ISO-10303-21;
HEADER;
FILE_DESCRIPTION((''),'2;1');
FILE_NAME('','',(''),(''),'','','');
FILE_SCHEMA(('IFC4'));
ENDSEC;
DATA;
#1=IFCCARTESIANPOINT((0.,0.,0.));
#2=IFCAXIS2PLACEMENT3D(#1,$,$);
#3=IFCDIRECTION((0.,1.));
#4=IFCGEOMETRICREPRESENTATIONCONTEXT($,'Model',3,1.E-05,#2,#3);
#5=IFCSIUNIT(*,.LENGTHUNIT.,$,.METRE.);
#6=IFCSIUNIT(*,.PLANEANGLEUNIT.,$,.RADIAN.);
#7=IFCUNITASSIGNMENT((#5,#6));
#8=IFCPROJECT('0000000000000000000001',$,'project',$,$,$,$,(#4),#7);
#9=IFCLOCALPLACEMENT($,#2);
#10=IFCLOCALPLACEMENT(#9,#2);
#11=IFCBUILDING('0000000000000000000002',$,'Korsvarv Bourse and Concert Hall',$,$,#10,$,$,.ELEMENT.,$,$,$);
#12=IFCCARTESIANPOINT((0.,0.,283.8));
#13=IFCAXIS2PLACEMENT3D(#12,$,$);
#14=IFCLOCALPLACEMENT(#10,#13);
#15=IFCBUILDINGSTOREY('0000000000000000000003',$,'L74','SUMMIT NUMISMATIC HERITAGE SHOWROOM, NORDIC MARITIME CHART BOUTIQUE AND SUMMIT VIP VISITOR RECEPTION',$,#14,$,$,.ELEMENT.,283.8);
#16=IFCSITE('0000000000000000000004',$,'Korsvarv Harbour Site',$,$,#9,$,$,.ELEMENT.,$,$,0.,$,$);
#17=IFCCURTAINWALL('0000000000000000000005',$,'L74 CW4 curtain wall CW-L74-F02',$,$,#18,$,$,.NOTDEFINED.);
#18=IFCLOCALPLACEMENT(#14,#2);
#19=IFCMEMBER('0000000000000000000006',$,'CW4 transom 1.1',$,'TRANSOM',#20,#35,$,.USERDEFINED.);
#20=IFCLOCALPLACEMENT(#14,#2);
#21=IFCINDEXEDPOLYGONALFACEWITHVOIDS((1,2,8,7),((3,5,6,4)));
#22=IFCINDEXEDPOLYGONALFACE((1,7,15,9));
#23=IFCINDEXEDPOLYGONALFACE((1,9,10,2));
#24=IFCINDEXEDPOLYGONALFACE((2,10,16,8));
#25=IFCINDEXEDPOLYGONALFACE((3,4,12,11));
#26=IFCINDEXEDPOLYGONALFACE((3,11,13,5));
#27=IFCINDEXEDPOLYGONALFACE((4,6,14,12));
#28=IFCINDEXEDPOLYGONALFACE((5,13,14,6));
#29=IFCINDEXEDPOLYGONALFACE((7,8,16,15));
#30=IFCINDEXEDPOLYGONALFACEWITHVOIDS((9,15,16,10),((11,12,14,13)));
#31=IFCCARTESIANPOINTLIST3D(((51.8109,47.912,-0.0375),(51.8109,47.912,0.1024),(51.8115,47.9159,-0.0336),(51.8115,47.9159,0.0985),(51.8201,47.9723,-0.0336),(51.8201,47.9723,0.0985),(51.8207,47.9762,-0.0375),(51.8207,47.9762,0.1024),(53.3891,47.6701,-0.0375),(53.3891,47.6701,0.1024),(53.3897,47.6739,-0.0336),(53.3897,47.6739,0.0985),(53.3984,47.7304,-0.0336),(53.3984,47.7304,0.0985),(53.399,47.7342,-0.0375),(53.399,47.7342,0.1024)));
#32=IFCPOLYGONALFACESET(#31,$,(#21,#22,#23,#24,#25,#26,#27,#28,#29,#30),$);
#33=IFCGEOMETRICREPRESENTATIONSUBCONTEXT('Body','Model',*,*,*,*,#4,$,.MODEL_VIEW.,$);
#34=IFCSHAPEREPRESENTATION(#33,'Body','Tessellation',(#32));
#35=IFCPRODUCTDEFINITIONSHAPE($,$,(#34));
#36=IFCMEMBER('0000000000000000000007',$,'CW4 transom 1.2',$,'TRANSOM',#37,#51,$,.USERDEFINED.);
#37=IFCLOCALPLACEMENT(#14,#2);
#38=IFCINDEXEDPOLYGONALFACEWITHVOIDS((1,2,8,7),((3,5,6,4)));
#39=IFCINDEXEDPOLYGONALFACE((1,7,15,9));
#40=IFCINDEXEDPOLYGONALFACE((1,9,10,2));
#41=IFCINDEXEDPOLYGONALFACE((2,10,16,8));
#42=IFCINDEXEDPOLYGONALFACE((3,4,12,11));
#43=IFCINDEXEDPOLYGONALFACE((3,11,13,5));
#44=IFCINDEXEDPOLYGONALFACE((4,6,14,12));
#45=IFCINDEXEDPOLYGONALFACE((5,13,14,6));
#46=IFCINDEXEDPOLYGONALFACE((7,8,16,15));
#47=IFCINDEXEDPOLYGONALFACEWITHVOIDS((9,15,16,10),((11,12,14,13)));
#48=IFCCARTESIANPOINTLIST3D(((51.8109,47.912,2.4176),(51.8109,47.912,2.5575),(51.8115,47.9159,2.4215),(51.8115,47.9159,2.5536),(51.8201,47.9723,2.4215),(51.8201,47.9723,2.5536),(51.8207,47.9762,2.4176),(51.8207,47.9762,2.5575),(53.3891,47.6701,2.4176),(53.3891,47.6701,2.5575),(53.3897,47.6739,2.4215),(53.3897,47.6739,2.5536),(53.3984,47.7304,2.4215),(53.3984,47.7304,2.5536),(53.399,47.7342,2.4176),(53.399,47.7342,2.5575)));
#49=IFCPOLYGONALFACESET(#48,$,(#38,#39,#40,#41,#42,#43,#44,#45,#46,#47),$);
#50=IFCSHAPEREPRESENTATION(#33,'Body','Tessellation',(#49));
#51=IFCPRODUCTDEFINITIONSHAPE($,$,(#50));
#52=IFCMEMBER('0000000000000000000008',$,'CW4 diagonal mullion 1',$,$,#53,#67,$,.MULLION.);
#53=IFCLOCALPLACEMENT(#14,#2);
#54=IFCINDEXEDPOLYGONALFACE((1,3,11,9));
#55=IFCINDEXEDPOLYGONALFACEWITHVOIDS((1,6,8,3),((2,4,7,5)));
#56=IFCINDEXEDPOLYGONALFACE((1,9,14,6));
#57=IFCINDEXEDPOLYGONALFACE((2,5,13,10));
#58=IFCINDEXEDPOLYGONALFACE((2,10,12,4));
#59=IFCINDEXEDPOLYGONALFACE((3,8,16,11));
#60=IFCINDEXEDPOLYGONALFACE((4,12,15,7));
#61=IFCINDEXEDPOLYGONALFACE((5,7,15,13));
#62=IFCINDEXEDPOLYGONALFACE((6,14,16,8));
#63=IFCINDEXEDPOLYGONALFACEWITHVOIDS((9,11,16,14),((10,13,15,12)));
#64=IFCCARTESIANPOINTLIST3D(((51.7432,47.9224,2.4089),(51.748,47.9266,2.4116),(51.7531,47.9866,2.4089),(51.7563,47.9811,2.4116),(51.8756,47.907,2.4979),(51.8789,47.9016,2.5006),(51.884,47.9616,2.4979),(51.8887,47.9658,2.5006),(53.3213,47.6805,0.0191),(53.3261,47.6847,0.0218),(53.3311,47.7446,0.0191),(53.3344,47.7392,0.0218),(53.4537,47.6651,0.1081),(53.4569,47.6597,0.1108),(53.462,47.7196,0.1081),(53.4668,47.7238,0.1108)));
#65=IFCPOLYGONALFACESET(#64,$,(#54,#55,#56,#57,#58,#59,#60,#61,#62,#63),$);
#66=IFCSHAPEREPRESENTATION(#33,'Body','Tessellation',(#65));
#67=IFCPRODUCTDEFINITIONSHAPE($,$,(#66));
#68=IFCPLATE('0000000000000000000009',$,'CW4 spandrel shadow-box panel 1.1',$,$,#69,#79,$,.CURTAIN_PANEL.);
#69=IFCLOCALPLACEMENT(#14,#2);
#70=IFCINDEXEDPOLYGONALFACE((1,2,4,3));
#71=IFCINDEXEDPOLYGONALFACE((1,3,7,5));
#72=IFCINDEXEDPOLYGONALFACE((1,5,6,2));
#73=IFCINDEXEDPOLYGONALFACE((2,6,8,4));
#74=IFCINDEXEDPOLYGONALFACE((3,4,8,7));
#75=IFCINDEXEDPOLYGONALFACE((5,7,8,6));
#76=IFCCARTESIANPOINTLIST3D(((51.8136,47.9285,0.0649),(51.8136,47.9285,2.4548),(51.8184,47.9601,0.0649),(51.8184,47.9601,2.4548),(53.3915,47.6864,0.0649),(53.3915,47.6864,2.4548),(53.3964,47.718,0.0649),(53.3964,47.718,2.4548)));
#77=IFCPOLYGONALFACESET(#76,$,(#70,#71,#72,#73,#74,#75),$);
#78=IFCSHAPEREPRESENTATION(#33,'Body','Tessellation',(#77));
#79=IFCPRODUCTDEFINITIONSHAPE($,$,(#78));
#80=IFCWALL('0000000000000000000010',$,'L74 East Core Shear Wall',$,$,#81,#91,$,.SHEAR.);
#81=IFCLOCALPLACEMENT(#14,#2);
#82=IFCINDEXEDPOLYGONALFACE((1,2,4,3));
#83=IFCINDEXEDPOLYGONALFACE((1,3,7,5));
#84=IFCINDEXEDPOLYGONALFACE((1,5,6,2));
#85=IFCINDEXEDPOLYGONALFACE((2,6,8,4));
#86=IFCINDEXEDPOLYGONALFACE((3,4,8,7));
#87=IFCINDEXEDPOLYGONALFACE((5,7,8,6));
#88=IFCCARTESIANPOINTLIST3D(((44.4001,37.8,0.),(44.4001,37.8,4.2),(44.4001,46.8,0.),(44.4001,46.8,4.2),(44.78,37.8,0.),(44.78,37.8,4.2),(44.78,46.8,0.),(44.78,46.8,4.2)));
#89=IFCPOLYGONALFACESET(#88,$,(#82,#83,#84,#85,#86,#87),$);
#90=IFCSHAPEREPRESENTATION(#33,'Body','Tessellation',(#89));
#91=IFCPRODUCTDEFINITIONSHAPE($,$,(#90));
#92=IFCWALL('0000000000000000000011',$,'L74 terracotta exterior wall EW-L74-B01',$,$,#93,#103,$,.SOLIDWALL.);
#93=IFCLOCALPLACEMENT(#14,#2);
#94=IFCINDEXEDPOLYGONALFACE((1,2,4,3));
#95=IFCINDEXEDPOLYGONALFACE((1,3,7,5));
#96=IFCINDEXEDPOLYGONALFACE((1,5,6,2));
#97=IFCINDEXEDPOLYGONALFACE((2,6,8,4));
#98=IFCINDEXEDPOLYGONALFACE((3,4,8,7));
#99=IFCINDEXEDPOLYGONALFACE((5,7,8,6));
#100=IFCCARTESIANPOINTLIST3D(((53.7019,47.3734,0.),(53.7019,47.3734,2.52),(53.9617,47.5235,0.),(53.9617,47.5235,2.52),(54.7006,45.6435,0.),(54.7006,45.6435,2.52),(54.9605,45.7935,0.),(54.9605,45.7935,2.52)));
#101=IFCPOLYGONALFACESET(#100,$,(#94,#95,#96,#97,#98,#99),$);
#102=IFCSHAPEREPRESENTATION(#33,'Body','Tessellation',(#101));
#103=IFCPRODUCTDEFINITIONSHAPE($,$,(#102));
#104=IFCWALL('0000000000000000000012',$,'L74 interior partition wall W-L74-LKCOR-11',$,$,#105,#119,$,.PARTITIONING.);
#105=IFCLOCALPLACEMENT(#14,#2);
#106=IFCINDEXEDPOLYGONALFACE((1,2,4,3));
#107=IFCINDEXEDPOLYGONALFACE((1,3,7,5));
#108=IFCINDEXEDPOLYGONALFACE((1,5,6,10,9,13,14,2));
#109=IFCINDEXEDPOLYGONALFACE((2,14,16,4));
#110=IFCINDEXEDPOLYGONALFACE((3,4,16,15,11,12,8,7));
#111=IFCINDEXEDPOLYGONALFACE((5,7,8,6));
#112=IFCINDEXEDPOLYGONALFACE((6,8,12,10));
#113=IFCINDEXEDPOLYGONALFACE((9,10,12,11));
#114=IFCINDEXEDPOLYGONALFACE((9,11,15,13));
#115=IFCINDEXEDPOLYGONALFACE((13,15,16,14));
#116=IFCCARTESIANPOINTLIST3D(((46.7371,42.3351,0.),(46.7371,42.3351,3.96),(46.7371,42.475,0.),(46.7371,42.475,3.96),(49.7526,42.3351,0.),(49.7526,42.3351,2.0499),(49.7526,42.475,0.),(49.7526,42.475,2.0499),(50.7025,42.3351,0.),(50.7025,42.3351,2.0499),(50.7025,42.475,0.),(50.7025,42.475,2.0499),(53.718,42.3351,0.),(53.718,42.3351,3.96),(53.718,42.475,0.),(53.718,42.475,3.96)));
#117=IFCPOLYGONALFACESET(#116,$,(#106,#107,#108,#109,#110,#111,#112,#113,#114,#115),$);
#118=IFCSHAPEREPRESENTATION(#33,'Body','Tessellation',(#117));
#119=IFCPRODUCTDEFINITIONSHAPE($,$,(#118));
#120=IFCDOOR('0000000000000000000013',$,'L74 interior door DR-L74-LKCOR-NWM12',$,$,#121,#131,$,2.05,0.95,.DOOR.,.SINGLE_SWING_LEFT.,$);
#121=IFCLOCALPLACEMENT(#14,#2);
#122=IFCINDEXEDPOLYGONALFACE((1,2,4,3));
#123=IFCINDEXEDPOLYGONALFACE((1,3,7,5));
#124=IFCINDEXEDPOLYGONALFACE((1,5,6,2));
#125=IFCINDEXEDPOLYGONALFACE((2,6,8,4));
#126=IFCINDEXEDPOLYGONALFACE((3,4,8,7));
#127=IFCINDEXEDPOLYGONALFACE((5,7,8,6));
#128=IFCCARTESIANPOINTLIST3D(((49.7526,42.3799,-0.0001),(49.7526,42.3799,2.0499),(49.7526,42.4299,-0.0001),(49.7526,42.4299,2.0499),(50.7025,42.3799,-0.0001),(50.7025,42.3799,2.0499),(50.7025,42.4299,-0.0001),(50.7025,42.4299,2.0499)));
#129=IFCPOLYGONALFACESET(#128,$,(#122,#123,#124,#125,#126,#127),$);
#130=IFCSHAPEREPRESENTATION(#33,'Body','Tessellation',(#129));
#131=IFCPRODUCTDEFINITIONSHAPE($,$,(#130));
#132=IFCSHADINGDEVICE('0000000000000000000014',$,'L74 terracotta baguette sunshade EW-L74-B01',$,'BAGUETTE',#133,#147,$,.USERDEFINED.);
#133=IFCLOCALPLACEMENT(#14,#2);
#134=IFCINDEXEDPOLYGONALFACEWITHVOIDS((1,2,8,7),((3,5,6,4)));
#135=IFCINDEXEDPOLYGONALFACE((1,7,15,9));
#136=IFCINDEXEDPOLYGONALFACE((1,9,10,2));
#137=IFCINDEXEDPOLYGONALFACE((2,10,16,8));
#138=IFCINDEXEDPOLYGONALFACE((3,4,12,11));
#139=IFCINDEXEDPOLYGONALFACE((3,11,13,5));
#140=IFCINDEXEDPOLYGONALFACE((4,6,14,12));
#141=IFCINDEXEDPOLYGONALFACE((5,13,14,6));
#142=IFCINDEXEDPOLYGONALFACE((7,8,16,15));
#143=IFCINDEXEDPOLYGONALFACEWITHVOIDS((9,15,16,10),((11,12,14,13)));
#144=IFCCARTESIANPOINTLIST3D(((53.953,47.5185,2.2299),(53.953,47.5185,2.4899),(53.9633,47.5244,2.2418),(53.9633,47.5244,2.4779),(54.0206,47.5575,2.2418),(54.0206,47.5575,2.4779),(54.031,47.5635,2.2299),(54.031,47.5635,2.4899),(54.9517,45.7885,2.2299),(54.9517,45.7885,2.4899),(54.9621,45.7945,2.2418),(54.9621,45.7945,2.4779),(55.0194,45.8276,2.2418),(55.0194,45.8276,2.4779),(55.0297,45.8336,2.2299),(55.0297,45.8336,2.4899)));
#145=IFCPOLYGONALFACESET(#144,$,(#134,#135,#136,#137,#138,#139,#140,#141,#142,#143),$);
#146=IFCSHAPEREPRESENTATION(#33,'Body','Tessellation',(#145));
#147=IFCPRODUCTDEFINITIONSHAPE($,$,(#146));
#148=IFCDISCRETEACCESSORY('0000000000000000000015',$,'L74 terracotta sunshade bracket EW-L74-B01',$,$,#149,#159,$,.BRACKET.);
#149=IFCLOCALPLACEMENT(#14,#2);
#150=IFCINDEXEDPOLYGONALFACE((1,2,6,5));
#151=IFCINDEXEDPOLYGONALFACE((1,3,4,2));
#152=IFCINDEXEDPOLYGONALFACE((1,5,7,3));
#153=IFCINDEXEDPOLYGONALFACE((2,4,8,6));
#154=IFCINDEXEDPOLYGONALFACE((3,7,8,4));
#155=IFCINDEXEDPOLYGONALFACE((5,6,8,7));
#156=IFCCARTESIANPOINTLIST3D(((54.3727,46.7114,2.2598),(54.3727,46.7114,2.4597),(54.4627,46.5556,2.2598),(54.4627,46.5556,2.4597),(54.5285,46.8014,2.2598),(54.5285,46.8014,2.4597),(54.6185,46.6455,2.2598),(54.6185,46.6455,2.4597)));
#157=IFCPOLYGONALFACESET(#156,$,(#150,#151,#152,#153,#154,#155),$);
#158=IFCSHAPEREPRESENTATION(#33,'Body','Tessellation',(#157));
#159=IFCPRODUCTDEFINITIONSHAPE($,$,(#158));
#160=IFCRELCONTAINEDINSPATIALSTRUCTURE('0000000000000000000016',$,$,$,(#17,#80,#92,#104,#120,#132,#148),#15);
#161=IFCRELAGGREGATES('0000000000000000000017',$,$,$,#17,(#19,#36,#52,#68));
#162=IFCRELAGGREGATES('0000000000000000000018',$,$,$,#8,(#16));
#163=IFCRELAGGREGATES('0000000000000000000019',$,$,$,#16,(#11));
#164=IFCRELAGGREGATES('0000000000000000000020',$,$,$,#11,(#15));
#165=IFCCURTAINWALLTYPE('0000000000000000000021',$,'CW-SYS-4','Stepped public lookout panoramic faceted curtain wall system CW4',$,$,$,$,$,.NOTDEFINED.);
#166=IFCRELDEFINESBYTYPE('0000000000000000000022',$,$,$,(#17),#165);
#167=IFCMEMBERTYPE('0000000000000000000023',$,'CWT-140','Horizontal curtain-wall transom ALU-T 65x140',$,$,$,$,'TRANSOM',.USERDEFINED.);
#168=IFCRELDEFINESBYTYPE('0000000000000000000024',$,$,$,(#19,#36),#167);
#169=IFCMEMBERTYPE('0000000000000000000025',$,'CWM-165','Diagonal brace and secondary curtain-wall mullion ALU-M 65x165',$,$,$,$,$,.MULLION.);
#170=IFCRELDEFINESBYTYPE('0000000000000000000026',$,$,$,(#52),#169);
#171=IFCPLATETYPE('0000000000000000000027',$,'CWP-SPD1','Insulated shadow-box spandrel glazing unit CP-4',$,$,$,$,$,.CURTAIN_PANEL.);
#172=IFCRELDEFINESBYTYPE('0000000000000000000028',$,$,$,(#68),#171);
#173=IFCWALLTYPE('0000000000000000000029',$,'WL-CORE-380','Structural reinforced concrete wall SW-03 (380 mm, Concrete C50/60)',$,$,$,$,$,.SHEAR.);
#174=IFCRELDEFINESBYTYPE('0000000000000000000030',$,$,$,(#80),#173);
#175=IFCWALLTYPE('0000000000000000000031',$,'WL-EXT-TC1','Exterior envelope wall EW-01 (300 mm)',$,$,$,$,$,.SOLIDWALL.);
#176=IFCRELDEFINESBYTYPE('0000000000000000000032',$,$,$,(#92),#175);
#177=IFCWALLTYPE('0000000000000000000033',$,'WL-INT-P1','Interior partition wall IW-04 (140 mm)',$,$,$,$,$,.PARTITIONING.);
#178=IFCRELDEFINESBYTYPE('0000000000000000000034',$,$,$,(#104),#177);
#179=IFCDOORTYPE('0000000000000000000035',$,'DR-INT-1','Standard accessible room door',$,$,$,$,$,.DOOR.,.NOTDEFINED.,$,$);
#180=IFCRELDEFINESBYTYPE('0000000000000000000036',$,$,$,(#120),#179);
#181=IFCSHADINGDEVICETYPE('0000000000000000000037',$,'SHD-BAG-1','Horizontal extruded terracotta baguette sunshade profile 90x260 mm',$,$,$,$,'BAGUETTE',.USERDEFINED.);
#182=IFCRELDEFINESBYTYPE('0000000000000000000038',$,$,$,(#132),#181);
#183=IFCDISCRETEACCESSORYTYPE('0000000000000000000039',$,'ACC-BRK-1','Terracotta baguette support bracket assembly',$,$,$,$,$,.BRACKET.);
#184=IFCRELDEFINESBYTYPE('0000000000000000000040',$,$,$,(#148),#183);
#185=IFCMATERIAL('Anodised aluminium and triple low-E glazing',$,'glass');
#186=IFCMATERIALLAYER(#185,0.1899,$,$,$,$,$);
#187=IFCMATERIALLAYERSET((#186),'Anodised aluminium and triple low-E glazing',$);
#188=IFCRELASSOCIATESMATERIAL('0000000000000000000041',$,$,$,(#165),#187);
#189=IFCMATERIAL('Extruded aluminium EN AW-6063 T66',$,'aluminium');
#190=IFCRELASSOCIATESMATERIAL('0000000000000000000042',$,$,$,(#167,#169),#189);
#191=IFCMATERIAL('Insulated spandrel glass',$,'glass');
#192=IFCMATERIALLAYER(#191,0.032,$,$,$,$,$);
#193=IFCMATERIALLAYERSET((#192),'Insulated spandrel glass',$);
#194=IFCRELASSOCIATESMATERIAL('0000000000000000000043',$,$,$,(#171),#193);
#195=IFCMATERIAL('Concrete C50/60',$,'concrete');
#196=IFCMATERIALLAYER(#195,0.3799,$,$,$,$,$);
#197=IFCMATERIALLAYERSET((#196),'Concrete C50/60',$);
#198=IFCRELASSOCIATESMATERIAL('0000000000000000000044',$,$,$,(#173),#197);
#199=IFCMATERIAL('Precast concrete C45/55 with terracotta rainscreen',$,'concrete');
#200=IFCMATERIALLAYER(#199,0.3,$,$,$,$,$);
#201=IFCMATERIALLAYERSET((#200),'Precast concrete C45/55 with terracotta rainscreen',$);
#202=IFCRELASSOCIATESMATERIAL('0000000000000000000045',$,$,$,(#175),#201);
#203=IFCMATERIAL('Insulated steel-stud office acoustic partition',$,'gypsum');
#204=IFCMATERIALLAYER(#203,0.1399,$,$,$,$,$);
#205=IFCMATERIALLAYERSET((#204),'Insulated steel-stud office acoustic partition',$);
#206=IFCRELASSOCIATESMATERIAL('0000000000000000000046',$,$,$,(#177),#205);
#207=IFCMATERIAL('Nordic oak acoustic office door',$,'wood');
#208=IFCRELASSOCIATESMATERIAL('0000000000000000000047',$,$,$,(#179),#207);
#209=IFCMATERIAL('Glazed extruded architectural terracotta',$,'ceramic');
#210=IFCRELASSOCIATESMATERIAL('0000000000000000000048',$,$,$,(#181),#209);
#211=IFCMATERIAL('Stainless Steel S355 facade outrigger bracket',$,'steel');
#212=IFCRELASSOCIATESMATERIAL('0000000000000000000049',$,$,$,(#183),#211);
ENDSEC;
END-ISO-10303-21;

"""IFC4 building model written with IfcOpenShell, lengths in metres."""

from ifc_helpers import new_model, si_unit, direction, frame, frame_2d, origin, origin_2d, place, context, subcontext, project, spatial, rectangle, hollow_rectangle, extrude, source, transform, mapped, material, layer, layer_set, material_profile, profile_set, type_object, element, fill, aggregate, save


model = new_model("IFC4")

# Units and contexts
model_context = context("Model", 3, precision=1e-05, world=origin(), true_north=direction((0.0, 1.0)))
body_context = subcontext(model_context, "Body", "Model", "MODEL_VIEW")
ifc_project = project(units=[si_unit("LENGTHUNIT", "METRE"), si_unit("PLANEANGLEUNIT", "RADIAN")], contexts=[model_context])

# Site, building, storey
site_placement = place(None, origin())
site = spatial("IfcSite", under=ifc_project, at=site_placement, Name="Korsvarv Harbour Site", CompositionType="ELEMENT", RefElevation=0.0)
building_placement = place(site_placement, origin())
building = spatial("IfcBuilding", under=site, at=building_placement, Name="Korsvarv Bourse and Concert Hall", CompositionType="ELEMENT")
storey_placement = place(building_placement, frame((0.0, 0.0, 283.8)))
storey = spatial("IfcBuildingStorey", under=building, at=storey_placement, Name="L74", Description="SUMMIT NUMISMATIC HERITAGE SHOWROOM, NORDIC MARITIME CHART BOUTIQUE AND SUMMIT VIP VISITOR RECEPTION", CompositionType="ELEMENT", Elevation=283.8)

# Shared definitions
ifc_material_1 = material(Name="Concrete C50/60", Category="concrete")

# Curtain wall, members, plate
ifc_material_2 = material(Name="Anodised aluminium and triple low-E glazing", Category="glass")
ifc_layer_1 = layer(ifc_material_2, 0.1899)
ifc_layer_set_1 = layer_set([ifc_layer_1], Name="Anodised aluminium and triple low-E glazing")
curtain_wall_type = type_object("IfcCurtainWallType", Name="CW-SYS-4", Description="Stepped public lookout panoramic faceted curtain wall system CW4", PredefinedType="NOTDEFINED", material=ifc_layer_set_1)
curtain_wall_placement = place(storey_placement, origin())
curtain_wall = element("IfcCurtainWall", 1, at=curtain_wall_placement, inside=storey, type_object=curtain_wall_type, Name="L74 CW4 curtain wall CW-L74-F02", PredefinedType="NOTDEFINED")
ifc_material_3 = material(Name="Extruded aluminium EN AW-6063 T66", Category="aluminium")
ifc_material_profile_1 = material_profile(ifc_material_3, hollow_rectangle(XDim=0.0649, YDim=0.1399, WallThickness=0.0039, at=origin_2d()), Name="ALU-T 65x140")
ifc_profile_set_1 = profile_set([ifc_material_profile_1], Name="Extruded aluminium EN AW-6063 T66")
member_type_1 = type_object("IfcMemberType", Name="CWT-140", Description="Horizontal curtain-wall transom ALU-T 65x140", ElementType="TRANSOM", PredefinedType="USERDEFINED", material=ifc_profile_set_1)
shared_shape_1 = source(origin(), body_context, "Body", "SweptSolid", [
    extrude(hollow_rectangle(XDim=0.0649, YDim=0.1399, WallThickness=0.0039, at=origin_2d()), origin(), (0.0, 0.0, 1.0), 1.5967),
])
member_1_placement = place(storey_placement, frame((53.394, 47.7021, 0.0325), z_axis=(-0.988451, 0.15154, 0.0), x_axis=(-0.15154, -0.988451, 0.0)))
member_1 = element("IfcMember", 2, at=member_1_placement, type_object=member_type_1, Name="CW4 transom 1.1", ObjectType="TRANSOM", PredefinedType="USERDEFINED", context=body_context, shape_type="MappedRepresentation", body=[
    mapped(shared_shape_1, transform((0.0, 0.0, 0.0), scale=1.0)),
])
member_2_placement = place(storey_placement, frame((53.394, 47.7021, 2.4875), z_axis=(-0.988451, 0.15154, 0.0), x_axis=(-0.15154, -0.988451, 0.0)))
member_2 = element("IfcMember", 3, at=member_2_placement, type_object=member_type_1, Name="CW4 transom 1.2", ObjectType="TRANSOM", PredefinedType="USERDEFINED", context=body_context, shape_type="MappedRepresentation", body=[
    mapped(shared_shape_1, transform((0.0, 0.0, 0.0), scale=1.0)),
])
ifc_material_profile_2 = material_profile(ifc_material_3, hollow_rectangle(XDim=0.0649, YDim=0.165, WallThickness=0.0049, at=origin_2d()), Name="ALU-M 65x165")
ifc_profile_set_2 = profile_set([ifc_material_profile_2], Name="Extruded aluminium EN AW-6063 T66")
member_type_2 = type_object("IfcMemberType", Name="CWM-165", Description="Diagonal brace and secondary curtain-wall mullion ALU-M 65x165", PredefinedType="MULLION", material=ifc_profile_set_2)
shared_shape_2 = source(origin(), body_context, "Body", "SweptSolid", [
    extrude(hollow_rectangle(XDim=0.0649, YDim=0.165, WallThickness=0.0049, at=origin_2d()), origin(), (0.0, 0.0, 1.0), 2.874),
])
member_3_placement = place(storey_placement, frame((53.394, 47.7021, 0.0649), z_axis=(-0.54908, 0.08418, 0.83152), x_axis=(-0.15154, -0.988451, 0.0)))
member_3 = element("IfcMember", 4, at=member_3_placement, type_object=member_type_2, Name="CW4 diagonal mullion 1", PredefinedType="MULLION", context=body_context, shape_type="MappedRepresentation", body=[
    mapped(shared_shape_2, transform((0.0, 0.0, 0.0), scale=1.0)),
])
ifc_material_4 = material(Name="Insulated spandrel glass", Category="glass")
ifc_layer_2 = layer(ifc_material_4, 0.032)
ifc_layer_set_2 = layer_set([ifc_layer_2], Name="Insulated spandrel glass")
plate_type = type_object("IfcPlateType", Name="CWP-SPD1", Description="Insulated shadow-box spandrel glazing unit CP-4", PredefinedType="CURTAIN_PANEL", material=ifc_layer_set_2)
shared_shape_3 = source(origin(), body_context, "Body", "SweptSolid", [
    extrude(rectangle(XDim=1.5964, YDim=0.032, at=origin_2d()), origin(), (0.0, 0.0, 1.0), 2.3899),
])
plate_placement = place(storey_placement, frame((52.605, 47.8232, 0.0649), z_axis=(0.0, 0.0, 1.0), x_axis=(-0.988437, 0.151631, 0.0)))
plate = element("IfcPlate", 5, at=plate_placement, type_object=plate_type, Name="CW4 spandrel shadow-box panel 1.1", PredefinedType="CURTAIN_PANEL", context=body_context, shape_type="MappedRepresentation", body=[
    mapped(shared_shape_3, transform((0.0, 0.0, 0.0), scale=1.0)),
])
aggregate(curtain_wall, [member_1, member_2, member_3, plate])

# Walls
ifc_layer_3 = layer(ifc_material_1, 0.3799)
ifc_layer_set_3 = layer_set([ifc_layer_3], Name="Concrete C50/60")
wall_type_1 = type_object("IfcWallType", Name="WL-CORE-380", Description="Structural reinforced concrete wall SW-03 (380 mm, Concrete C50/60)", PredefinedType="SHEAR", material=ifc_layer_set_3)
wall_1_placement = place(storey_placement, frame((44.5901, 37.8, 0.0), z_axis=(0.0, 0.0, 1.0), x_axis=(0.0, 1.0, 0.0)))
element("IfcWall", 6, at=wall_1_placement, inside=storey, type_object=wall_type_1, Name="L74 East Core Shear Wall", PredefinedType="SHEAR", context=body_context, shape_type="SweptSolid", body=[
    extrude(rectangle(XDim=9.0, YDim=0.3799, at=frame_2d((4.5, 0.0))), origin(), (0.0, 0.0, 1.0), 4.2),
])
ifc_material_5 = material(Name="Precast concrete C45/55 with terracotta rainscreen", Category="concrete")
ifc_layer_4 = layer(ifc_material_5, 0.3)
ifc_layer_set_4 = layer_set([ifc_layer_4], Name="Precast concrete C45/55 with terracotta rainscreen")
wall_type_2 = type_object("IfcWallType", Name="WL-EXT-TC1", Description="Exterior envelope wall EW-01 (300 mm)", PredefinedType="SOLIDWALL", material=ifc_layer_set_4)
wall_2_placement = place(storey_placement, frame((54.8306, 45.7185, 0.0), z_axis=(0.0, 0.0, 1.0), x_axis=(-0.49999, 0.866031, 0.0)))
element("IfcWall", 7, at=wall_2_placement, inside=storey, type_object=wall_type_2, Name="L74 terracotta exterior wall EW-L74-B01", PredefinedType="SOLIDWALL", context=body_context, shape_type="SweptSolid", body=[
    extrude(rectangle(XDim=1.9976, YDim=0.3, at=frame_2d((0.9988, 0.0))), origin(), (0.0, 0.0, 1.0), 2.52),
])

# Wall, opening, door
ifc_material_6 = material(Name="Insulated steel-stud office acoustic partition", Category="gypsum")
ifc_layer_5 = layer(ifc_material_6, 0.1399)
ifc_layer_set_5 = layer_set([ifc_layer_5], Name="Insulated steel-stud office acoustic partition")
wall_type_3 = type_object("IfcWallType", Name="WL-INT-P1", Description="Interior partition wall IW-04 (140 mm)", PredefinedType="PARTITIONING", material=ifc_layer_set_5)
wall_3_placement = place(storey_placement, frame((46.7371, 42.405, 0.0), z_axis=(0.0, 0.0, 1.0), x_axis=(1.0, 0.0, 0.0)))
wall_3 = element("IfcWall", 8, at=wall_3_placement, inside=storey, type_object=wall_type_3, Name="L74 interior partition wall W-L74-LKCOR-11", PredefinedType="PARTITIONING", context=body_context, shape_type="SweptSolid", body=[
    extrude(rectangle(XDim=6.981, YDim=0.1399, at=frame_2d((3.4905, 0.0))), origin(), (0.0, 0.0, 1.0), 3.96),
])
opening_placement = place(wall_3_placement, frame((3.0154, 0.0, 0.0)))
opening = element("IfcOpeningElement", 9, at=opening_placement, cuts=wall_3, PredefinedType="OPENING", context=body_context, shape_type="SweptSolid", body=[
    extrude(rectangle(XDim=0.95, YDim=2.05, at=frame_2d((0.4751, 1.0249))), frame((0.0, 0.0801, 0.0), z_axis=(0.0, -1.0, 0.0), x_axis=(1.0, 0.0, 0.0)), (0.0, 0.0, 1.0), 0.1599),
])
ifc_material_7 = material(Name="Nordic oak acoustic office door", Category="wood")
door_type = type_object("IfcDoorType", Name="DR-INT-1", Description="Standard accessible room door", OperationType="NOTDEFINED", PredefinedType="DOOR", material=ifc_material_7)
door_placement = place(opening_placement, origin())
door = element("IfcDoor", 10, at=door_placement, inside=storey, type_object=door_type, Name="L74 interior door DR-L74-LKCOR-NWM12", OperationType="SINGLE_SWING_LEFT", OverallHeight=2.05, OverallWidth=0.95, PredefinedType="DOOR", context=body_context, shape_type="SweptSolid", body=[
    extrude(rectangle(XDim=0.95, YDim=2.05, at=frame_2d((0.4751, 1.0249))), frame((0.0, 0.0249, 0.0), z_axis=(0.0, -1.0, 0.0), x_axis=(1.0, 0.0, 0.0)), (0.0, 0.0, 1.0), 0.05),
])
fill(opening, door)

# Shading device
ifc_material_8 = material(Name="Glazed extruded architectural terracotta", Category="ceramic")
ifc_material_profile_3 = material_profile(ifc_material_8, hollow_rectangle(XDim=0.0901, YDim=0.26, WallThickness=0.012, at=origin_2d()), Name="TC-BAG 90x260")
ifc_profile_set_3 = profile_set([ifc_material_profile_3], Name="Glazed extruded architectural terracotta")
shading_device_type = type_object("IfcShadingDeviceType", Name="SHD-BAG-1", Description="Horizontal extruded terracotta baguette sunshade profile 90x260 mm", ElementType="BAGUETTE", PredefinedType="USERDEFINED", material=ifc_profile_set_3)
shared_shape_4 = source(origin(), body_context, "Body", "SweptSolid", [
    extrude(hollow_rectangle(XDim=0.0901, YDim=0.26, WallThickness=0.012, at=origin_2d()), origin(), (0.0, 0.0, 1.0), 1.9976),
])
shading_device_placement = place(storey_placement, frame((54.9907, 45.811, 2.3599), z_axis=(-0.49999, 0.866031, 0.0), x_axis=(-0.866031, -0.49999, 0.0)))
element("IfcShadingDevice", 11, at=shading_device_placement, inside=storey, type_object=shading_device_type, Name="L74 terracotta baguette sunshade EW-L74-B01", ObjectType="BAGUETTE", PredefinedType="USERDEFINED", context=body_context, shape_type="MappedRepresentation", body=[
    mapped(shared_shape_4, transform((0.0, 0.0, 0.0), scale=1.0)),
])

# Discrete accessory
ifc_material_9 = material(Name="Stainless Steel S355 facade outrigger bracket", Category="steel")
discrete_accessory_type = type_object("IfcDiscreteAccessoryType", Name="ACC-BRK-1", Description="Terracotta baguette support bracket assembly", PredefinedType="BRACKET", material=ifc_material_9)
shared_shape_5 = source(origin(), body_context, "Body", "SweptSolid", [
    extrude(rectangle(XDim=0.1799, YDim=0.1799, at=origin_2d()), origin(), (0.0, 0.0, 1.0), 0.2),
])
for number, where, z_axis, x_axis, name in (
    (12, (54.4956, 46.6785, 2.2598), (0.0, 0.0, 1.0), (-0.5, 0.866025, 0.0), "L74 terracotta sunshade bracket EW-L74-B01"),
):
    element("IfcDiscreteAccessory", number, at=place(storey_placement, frame(where, z_axis=z_axis, x_axis=x_axis)), inside=storey, type_object=discrete_accessory_type, Name=name, PredefinedType="BRACKET", context=body_context, shape_type="MappedRepresentation", body=[
        mapped(shared_shape_5, transform((0.0, 0.0, 0.0), scale=1.0)),
    ])

save(model, "model.ifc")
